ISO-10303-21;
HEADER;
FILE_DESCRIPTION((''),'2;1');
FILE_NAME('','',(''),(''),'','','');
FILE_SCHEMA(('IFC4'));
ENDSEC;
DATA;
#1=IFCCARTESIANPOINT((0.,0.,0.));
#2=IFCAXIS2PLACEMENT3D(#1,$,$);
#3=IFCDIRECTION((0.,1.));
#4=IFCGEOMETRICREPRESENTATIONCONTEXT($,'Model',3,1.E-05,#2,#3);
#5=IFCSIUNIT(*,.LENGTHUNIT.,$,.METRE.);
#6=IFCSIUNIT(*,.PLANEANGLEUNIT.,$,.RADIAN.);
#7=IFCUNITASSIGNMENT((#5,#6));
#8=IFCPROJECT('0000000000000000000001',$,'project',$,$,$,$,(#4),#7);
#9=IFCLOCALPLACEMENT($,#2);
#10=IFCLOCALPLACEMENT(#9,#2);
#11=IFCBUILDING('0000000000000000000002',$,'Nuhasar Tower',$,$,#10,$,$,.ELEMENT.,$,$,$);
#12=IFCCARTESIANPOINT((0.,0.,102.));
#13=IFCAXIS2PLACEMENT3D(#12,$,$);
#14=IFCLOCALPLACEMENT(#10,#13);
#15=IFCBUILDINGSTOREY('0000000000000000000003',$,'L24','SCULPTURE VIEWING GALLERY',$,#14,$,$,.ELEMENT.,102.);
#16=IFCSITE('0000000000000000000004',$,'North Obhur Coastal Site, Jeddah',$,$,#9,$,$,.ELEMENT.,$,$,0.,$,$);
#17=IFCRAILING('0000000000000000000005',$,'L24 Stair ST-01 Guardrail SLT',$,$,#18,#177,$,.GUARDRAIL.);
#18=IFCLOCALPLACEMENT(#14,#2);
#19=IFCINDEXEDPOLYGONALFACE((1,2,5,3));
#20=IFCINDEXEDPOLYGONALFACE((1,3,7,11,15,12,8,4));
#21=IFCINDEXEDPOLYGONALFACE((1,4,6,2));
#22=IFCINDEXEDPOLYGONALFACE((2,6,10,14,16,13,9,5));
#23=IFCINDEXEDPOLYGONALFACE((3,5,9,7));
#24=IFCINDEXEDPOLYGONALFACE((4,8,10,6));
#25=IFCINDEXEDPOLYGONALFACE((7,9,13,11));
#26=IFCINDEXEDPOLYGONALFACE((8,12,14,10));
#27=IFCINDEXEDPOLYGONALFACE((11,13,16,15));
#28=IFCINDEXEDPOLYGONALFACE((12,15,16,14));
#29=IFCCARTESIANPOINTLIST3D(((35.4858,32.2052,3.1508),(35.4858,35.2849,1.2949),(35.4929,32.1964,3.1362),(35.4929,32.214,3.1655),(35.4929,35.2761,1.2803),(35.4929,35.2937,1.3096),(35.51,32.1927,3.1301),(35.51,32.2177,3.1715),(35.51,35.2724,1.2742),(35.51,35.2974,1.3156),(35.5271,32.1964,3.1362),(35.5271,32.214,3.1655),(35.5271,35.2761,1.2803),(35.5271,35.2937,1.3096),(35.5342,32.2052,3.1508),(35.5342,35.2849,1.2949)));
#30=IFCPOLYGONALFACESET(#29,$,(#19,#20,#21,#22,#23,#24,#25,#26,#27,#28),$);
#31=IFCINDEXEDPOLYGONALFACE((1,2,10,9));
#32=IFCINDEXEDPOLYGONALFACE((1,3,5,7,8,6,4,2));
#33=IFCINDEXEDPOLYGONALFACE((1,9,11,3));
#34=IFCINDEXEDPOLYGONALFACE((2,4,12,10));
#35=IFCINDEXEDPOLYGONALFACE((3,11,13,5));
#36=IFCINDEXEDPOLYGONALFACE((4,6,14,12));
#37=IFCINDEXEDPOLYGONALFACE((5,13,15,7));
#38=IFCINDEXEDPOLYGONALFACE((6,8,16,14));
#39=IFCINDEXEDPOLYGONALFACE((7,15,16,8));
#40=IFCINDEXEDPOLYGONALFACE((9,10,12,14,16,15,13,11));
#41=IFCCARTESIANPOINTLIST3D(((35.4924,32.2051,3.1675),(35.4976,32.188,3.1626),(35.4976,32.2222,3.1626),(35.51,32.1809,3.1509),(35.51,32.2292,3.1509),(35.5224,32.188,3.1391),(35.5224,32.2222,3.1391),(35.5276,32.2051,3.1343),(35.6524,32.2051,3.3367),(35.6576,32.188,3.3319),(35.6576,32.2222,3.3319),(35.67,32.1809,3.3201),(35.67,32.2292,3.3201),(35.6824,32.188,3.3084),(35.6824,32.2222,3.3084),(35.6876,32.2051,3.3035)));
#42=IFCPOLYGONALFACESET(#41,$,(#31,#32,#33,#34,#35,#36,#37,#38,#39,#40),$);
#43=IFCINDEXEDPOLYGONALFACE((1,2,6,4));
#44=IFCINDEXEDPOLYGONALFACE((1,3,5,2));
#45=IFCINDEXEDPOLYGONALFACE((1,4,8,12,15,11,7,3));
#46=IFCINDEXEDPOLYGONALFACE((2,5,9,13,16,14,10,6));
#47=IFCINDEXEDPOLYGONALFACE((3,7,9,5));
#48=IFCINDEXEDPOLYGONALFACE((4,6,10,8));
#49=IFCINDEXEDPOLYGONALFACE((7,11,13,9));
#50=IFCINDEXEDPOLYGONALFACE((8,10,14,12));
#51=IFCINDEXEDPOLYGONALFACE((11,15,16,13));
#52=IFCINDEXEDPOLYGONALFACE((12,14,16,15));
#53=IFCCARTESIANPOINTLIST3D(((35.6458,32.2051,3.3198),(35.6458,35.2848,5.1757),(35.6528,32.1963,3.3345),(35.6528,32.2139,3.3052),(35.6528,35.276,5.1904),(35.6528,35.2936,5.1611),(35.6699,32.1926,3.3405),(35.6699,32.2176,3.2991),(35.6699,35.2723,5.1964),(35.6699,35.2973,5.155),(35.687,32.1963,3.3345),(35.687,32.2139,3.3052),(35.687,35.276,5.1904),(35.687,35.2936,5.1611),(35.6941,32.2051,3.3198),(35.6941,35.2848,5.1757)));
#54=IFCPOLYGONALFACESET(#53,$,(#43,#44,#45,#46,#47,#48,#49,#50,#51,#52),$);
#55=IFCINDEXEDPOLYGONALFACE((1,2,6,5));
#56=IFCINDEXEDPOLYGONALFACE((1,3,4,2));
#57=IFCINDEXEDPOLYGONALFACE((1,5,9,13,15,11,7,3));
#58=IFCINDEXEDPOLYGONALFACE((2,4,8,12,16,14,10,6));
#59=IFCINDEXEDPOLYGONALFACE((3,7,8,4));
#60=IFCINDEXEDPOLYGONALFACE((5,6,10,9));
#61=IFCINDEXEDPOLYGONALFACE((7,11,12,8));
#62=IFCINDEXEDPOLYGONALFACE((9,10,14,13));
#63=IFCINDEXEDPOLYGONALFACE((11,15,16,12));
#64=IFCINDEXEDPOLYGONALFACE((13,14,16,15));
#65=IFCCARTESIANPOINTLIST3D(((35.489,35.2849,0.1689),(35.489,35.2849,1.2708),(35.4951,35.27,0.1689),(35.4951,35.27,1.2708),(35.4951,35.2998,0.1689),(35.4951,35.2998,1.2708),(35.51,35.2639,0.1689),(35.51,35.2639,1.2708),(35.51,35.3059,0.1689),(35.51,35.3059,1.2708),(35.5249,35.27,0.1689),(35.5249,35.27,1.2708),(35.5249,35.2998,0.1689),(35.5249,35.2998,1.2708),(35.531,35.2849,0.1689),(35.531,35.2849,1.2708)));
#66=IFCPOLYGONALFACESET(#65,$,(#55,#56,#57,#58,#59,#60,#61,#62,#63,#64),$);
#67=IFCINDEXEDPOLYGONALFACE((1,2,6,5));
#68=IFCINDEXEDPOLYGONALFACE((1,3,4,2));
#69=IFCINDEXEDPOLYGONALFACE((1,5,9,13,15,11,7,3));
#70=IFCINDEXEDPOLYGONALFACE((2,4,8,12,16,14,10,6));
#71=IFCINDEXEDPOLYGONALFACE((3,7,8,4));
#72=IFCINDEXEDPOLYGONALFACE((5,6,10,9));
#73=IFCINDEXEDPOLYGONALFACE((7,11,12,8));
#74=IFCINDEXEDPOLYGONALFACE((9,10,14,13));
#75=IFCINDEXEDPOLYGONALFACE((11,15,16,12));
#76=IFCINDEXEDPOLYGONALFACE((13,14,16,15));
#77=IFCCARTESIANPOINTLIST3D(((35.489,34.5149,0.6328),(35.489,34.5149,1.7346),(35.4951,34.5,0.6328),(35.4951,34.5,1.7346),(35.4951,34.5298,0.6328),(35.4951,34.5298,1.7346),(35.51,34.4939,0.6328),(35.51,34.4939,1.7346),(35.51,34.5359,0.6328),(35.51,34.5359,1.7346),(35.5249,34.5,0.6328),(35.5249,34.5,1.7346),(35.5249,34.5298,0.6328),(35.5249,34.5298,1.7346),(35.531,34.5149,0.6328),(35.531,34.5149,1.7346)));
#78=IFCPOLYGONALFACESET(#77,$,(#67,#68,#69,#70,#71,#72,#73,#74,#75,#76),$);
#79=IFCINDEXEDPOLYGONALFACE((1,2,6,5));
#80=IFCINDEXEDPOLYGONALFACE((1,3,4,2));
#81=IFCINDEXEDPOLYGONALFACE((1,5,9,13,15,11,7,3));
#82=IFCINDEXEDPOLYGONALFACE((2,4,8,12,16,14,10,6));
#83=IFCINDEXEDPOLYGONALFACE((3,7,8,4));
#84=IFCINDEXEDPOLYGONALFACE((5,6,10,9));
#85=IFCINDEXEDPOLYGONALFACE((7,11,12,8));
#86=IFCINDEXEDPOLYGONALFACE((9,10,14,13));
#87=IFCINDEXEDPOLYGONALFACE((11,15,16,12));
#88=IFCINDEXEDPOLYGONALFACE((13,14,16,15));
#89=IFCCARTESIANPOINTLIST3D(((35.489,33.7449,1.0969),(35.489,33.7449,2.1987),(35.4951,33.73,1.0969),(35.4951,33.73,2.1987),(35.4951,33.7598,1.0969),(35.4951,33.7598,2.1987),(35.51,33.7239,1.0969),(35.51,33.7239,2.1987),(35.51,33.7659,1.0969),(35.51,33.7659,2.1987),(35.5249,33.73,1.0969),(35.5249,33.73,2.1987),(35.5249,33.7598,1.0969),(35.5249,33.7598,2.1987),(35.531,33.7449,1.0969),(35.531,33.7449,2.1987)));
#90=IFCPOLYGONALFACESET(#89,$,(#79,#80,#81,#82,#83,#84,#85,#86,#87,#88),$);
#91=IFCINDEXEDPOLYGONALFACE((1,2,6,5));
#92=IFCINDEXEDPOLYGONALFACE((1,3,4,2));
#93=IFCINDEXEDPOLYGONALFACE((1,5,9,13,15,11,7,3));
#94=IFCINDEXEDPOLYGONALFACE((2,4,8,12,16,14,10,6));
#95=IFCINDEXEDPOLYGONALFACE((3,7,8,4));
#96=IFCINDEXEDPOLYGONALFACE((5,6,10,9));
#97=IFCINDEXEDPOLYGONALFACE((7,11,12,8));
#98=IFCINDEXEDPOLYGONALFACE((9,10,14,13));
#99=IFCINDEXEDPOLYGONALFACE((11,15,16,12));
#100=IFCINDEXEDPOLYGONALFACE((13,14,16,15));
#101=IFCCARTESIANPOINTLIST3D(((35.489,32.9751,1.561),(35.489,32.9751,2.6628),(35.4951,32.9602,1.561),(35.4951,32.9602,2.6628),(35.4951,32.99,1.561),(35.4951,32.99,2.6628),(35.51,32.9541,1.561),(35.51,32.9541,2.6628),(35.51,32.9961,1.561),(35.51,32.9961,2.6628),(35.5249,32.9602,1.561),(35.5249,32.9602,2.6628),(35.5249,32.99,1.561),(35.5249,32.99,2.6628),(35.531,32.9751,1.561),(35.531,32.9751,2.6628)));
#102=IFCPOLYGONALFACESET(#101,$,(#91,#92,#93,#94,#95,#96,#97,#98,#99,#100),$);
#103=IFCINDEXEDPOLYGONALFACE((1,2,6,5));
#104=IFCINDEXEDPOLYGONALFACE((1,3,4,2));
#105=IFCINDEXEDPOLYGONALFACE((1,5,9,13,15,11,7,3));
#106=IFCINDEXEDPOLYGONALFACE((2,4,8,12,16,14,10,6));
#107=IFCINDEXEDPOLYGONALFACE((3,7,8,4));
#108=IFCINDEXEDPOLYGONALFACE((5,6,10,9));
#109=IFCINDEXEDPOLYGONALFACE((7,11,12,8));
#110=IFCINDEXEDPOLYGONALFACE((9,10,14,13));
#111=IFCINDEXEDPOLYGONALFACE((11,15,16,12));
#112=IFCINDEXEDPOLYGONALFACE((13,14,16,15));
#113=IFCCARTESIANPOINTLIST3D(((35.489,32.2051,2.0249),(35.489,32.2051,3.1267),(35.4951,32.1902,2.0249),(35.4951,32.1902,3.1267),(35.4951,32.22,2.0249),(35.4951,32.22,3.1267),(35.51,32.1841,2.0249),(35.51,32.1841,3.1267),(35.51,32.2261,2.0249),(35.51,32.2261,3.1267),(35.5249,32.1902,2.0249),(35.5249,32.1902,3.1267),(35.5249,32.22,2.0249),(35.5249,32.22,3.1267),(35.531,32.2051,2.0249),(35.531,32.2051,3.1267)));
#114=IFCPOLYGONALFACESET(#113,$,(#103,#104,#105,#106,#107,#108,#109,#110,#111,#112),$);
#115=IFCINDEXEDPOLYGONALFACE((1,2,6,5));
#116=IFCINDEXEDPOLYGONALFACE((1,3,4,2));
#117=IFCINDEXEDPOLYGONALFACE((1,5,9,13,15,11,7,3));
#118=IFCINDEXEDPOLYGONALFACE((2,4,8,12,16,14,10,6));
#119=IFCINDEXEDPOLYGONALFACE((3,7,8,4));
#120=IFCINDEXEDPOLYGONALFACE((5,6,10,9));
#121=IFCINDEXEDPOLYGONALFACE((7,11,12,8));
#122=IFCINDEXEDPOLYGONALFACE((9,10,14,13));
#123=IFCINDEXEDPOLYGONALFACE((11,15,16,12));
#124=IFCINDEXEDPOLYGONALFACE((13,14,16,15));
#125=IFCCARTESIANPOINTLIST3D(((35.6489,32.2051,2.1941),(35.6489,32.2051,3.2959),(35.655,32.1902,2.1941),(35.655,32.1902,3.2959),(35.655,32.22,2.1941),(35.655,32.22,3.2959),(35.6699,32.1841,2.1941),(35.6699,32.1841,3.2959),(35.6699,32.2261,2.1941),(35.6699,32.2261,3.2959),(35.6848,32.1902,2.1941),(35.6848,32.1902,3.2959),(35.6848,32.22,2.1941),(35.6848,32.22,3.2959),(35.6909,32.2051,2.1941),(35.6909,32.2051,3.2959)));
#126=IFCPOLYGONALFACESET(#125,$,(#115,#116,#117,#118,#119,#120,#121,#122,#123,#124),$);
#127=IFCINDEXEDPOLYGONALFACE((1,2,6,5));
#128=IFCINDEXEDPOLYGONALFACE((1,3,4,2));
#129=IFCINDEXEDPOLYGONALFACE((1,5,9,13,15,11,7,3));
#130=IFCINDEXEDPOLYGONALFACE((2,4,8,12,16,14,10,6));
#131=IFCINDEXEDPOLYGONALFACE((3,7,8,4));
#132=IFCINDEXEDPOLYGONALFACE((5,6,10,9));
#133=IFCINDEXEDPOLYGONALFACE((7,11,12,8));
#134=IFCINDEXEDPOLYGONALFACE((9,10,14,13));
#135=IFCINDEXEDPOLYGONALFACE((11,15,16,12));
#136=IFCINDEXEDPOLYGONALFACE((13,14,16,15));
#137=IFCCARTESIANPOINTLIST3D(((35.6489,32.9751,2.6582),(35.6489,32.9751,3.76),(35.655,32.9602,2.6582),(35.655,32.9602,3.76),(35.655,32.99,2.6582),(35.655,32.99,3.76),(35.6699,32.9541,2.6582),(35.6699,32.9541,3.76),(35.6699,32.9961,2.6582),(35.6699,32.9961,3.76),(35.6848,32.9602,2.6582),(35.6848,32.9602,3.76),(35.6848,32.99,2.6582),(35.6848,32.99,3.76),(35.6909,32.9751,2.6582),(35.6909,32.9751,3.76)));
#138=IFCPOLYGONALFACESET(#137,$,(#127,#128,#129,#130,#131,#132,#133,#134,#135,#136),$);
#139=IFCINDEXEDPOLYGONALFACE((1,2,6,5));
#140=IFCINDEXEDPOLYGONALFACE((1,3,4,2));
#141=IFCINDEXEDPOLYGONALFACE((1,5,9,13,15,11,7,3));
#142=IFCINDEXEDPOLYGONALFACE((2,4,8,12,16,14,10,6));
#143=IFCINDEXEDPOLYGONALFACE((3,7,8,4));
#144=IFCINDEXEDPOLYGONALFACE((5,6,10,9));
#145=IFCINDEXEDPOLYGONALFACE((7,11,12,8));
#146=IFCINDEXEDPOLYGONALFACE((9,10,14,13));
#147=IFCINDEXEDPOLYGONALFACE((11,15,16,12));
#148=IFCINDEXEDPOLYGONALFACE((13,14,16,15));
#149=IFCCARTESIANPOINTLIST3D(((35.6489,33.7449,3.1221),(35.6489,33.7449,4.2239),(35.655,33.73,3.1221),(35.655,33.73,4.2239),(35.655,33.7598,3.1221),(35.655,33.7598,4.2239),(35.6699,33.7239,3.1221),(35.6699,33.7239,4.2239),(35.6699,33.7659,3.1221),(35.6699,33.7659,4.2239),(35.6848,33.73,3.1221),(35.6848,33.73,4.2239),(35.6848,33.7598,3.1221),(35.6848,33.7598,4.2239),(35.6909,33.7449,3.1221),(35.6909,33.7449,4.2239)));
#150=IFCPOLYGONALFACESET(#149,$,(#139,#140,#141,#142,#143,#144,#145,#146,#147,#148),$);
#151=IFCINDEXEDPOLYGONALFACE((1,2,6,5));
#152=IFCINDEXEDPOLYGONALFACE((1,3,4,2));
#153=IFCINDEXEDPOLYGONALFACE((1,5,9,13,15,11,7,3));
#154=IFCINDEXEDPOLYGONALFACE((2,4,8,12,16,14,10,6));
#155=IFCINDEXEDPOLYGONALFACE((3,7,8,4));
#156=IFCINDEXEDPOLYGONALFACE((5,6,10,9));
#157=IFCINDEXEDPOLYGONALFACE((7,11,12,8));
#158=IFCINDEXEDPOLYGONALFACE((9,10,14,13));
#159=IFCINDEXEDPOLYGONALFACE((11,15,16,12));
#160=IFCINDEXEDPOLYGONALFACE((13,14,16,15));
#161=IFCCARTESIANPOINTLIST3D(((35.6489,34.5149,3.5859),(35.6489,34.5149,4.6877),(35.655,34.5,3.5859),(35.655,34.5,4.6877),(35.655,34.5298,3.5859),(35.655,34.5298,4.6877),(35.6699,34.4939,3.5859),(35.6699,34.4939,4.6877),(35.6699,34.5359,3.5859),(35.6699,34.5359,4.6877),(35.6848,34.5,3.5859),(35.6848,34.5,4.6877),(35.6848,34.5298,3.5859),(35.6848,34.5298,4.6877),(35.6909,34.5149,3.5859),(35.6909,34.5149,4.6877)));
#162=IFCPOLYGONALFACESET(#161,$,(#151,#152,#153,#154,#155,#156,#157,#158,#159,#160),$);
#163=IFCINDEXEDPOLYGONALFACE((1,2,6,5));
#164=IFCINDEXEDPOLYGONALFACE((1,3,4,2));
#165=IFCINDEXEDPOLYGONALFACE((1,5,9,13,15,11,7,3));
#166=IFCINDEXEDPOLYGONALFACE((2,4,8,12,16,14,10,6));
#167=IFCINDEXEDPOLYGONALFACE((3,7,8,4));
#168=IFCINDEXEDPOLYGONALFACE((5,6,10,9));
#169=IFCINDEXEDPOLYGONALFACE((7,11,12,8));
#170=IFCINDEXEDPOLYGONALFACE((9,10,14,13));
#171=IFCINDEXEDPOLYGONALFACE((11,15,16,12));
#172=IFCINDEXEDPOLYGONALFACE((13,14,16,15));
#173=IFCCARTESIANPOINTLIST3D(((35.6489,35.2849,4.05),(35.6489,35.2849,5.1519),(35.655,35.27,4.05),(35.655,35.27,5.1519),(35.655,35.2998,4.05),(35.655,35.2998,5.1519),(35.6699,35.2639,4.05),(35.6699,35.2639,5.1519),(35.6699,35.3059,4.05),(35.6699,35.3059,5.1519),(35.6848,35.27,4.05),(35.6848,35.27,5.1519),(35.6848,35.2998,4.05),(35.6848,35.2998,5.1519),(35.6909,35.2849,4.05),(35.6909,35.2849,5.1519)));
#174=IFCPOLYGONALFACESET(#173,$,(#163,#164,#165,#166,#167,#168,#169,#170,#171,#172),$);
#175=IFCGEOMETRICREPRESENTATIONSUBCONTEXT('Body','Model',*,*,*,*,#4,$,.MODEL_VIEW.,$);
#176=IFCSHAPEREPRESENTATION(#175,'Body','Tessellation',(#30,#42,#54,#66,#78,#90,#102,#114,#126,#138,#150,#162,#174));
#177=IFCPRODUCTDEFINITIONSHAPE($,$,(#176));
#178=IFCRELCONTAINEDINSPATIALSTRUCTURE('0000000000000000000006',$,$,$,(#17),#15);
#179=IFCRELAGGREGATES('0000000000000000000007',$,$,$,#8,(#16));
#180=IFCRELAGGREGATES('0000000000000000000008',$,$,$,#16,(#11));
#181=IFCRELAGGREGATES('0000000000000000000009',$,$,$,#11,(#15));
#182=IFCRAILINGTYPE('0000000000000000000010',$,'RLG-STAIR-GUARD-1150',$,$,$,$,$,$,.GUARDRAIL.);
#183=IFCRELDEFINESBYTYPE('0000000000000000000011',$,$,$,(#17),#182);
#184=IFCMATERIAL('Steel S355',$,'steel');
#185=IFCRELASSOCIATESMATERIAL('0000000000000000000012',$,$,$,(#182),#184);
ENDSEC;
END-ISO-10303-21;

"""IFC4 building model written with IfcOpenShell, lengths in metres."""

from ifc_helpers import new_model, si_unit, direction, frame, origin, place, context, subcontext, project, spatial, polyline, outline, extrude, material, type_object, element, save


model = new_model("IFC4")

# Units and contexts
model_context = context("Model", 3, precision=1e-05, world=origin(), true_north=direction((0.0, 1.0)))
body_context = subcontext(model_context, "Body", "Model", "MODEL_VIEW")
ifc_project = project(units=[si_unit("LENGTHUNIT", "METRE"), si_unit("PLANEANGLEUNIT", "RADIAN")], contexts=[model_context])

# Site, building, storey
site_placement = place(None, origin())
site = spatial("IfcSite", under=ifc_project, at=site_placement, Name="North Obhur Coastal Site, Jeddah", CompositionType="ELEMENT", RefElevation=0.0)
building_placement = place(site_placement, origin())
building = spatial("IfcBuilding", under=site, at=building_placement, Name="Nuhasar Tower", CompositionType="ELEMENT")
storey_placement = place(building_placement, frame((0.0, 0.0, 102.0)))
storey = spatial("IfcBuildingStorey", under=building, at=storey_placement, Name="L24", Description="SCULPTURE VIEWING GALLERY", CompositionType="ELEMENT", Elevation=102.0)

# Shared definitions
ifc_material_1 = material(Name="Steel S355", Category="steel")

# Railing
railing_type_1 = type_object("IfcRailingType", Name="RLG-STAIR-GUARD-1150", PredefinedType="GUARDRAIL", material=ifc_material_1)
railing_1_placement = place(storey_placement, frame((35.51, 35.2849, 0.1689)))
element("IfcRailing", 1, at=railing_1_placement, inside=storey, type_object=railing_type_1, Name="L24 Stair ST-01 Guardrail SLT", PredefinedType="GUARDRAIL", context=body_context, shape_type="SweptSolid", body=[
    extrude(outline(polyline([(0.0242, 0.0), (0.0171, 0.0171), (0.0, 0.0242), (-0.0171, 0.0171), (-0.0242, 0.0), (-0.0171, -0.0171), (0.0, -0.0242), (0.0171, -0.0171), (0.0242, 0.0)])), frame((0.0, 0.0, 1.126), z_axis=(0.0, -0.856503, 0.516142), x_axis=(1.0, 0.0, 0.0)), (0.0, 0.0, 1.0), 3.5957),
    extrude(outline(polyline([(0.0242, 0.0), (0.0171, 0.0171), (0.0, 0.0242), (-0.0171, 0.0171), (-0.0242, 0.0), (-0.0171, -0.0171), (0.0, -0.0242), (0.0171, -0.0171), (0.0242, 0.0)])), frame((0.0, -3.0798, 2.9819), z_axis=(0.686901, 0.0, 0.726751), x_axis=(0.0, 1.0, 0.0)), (0.0, 0.0, 1.0), 0.2329),
    extrude(outline(polyline([(0.0242, 0.0), (0.0171, 0.0171), (0.0, 0.0242), (-0.0171, 0.0171), (-0.0242, 0.0), (-0.0171, -0.0171), (0.0, -0.0242), (0.0171, -0.0171), (0.0242, 0.0)])), frame((0.1599, -3.0798, 3.1509), z_axis=(0.0, 0.856503, 0.516142), x_axis=(-1.0, 0.0, 0.0)), (0.0, 0.0, 1.0), 3.5957),
    extrude(outline(polyline([(0.021, 0.0), (0.0149, 0.0149), (0.0, 0.021), (-0.0149, 0.0149), (-0.021, 0.0), (-0.0149, -0.0149), (0.0, -0.021), (0.0149, -0.0149), (0.021, 0.0)])), origin(), (0.0, 0.0, 1.0), 1.1018),
    extrude(outline(polyline([(0.021, 0.0), (0.0149, 0.0149), (0.0, 0.021), (-0.0149, 0.0149), (-0.021, 0.0), (-0.0149, -0.0149), (0.0, -0.021), (0.0149, -0.0149), (0.021, 0.0)])), frame((0.0, -0.77, 0.4639)), (0.0, 0.0, 1.0), 1.1018),
    extrude(outline(polyline([(0.021, 0.0), (0.0149, 0.0149), (0.0, 0.021), (-0.0149, 0.0149), (-0.021, 0.0), (-0.0149, -0.0149), (0.0, -0.021), (0.0149, -0.0149), (0.021, 0.0)])), frame((0.0, -1.54, 0.928)), (0.0, 0.0, 1.0), 1.1018),
    extrude(outline(polyline([(0.021, 0.0), (0.0149, 0.0149), (0.0, 0.021), (-0.0149, 0.0149), (-0.021, 0.0), (-0.0149, -0.0149), (0.0, -0.021), (0.0149, -0.0149), (0.021, 0.0)])), frame((0.0, -2.3098, 1.3921)), (0.0, 0.0, 1.0), 1.1018),
    extrude(outline(polyline([(0.021, 0.0), (0.0149, 0.0149), (0.0, 0.021), (-0.0149, 0.0149), (-0.021, 0.0), (-0.0149, -0.0149), (0.0, -0.021), (0.0149, -0.0149), (0.021, 0.0)])), frame((0.0, -3.0798, 1.856)), (0.0, 0.0, 1.0), 1.1018),
    extrude(outline(polyline([(0.021, 0.0), (0.0149, 0.0149), (0.0, 0.021), (-0.0149, 0.0149), (-0.021, 0.0), (-0.0149, -0.0149), (0.0, -0.021), (0.0149, -0.0149), (0.021, 0.0)])), frame((0.1599, -3.0798, 2.0251)), (0.0, 0.0, 1.0), 1.1018),
    extrude(outline(polyline([(0.021, 0.0), (0.0149, 0.0149), (0.0, 0.021), (-0.0149, 0.0149), (-0.021, 0.0), (-0.0149, -0.0149), (0.0, -0.021), (0.0149, -0.0149), (0.021, 0.0)])), frame((0.1599, -2.3098, 2.4893)), (0.0, 0.0, 1.0), 1.1018),
    extrude(outline(polyline([(0.021, 0.0), (0.0149, 0.0149), (0.0, 0.021), (-0.0149, 0.0149), (-0.021, 0.0), (-0.0149, -0.0149), (0.0, -0.021), (0.0149, -0.0149), (0.021, 0.0)])), frame((0.1599, -1.54, 2.9531)), (0.0, 0.0, 1.0), 1.1018),
    extrude(outline(polyline([(0.021, 0.0), (0.0149, 0.0149), (0.0, 0.021), (-0.0149, 0.0149), (-0.021, 0.0), (-0.0149, -0.0149), (0.0, -0.021), (0.0149, -0.0149), (0.021, 0.0)])), frame((0.1599, -0.77, 3.417)), (0.0, 0.0, 1.0), 1.1018),
    extrude(outline(polyline([(0.021, 0.0), (0.0149, 0.0149), (0.0, 0.021), (-0.0149, 0.0149), (-0.021, 0.0), (-0.0149, -0.0149), (0.0, -0.021), (0.0149, -0.0149), (0.021, 0.0)])), frame((0.1599, 0.0, 3.8811)), (0.0, 0.0, 1.0), 1.1018),
])

save(model, "model.ifc")
